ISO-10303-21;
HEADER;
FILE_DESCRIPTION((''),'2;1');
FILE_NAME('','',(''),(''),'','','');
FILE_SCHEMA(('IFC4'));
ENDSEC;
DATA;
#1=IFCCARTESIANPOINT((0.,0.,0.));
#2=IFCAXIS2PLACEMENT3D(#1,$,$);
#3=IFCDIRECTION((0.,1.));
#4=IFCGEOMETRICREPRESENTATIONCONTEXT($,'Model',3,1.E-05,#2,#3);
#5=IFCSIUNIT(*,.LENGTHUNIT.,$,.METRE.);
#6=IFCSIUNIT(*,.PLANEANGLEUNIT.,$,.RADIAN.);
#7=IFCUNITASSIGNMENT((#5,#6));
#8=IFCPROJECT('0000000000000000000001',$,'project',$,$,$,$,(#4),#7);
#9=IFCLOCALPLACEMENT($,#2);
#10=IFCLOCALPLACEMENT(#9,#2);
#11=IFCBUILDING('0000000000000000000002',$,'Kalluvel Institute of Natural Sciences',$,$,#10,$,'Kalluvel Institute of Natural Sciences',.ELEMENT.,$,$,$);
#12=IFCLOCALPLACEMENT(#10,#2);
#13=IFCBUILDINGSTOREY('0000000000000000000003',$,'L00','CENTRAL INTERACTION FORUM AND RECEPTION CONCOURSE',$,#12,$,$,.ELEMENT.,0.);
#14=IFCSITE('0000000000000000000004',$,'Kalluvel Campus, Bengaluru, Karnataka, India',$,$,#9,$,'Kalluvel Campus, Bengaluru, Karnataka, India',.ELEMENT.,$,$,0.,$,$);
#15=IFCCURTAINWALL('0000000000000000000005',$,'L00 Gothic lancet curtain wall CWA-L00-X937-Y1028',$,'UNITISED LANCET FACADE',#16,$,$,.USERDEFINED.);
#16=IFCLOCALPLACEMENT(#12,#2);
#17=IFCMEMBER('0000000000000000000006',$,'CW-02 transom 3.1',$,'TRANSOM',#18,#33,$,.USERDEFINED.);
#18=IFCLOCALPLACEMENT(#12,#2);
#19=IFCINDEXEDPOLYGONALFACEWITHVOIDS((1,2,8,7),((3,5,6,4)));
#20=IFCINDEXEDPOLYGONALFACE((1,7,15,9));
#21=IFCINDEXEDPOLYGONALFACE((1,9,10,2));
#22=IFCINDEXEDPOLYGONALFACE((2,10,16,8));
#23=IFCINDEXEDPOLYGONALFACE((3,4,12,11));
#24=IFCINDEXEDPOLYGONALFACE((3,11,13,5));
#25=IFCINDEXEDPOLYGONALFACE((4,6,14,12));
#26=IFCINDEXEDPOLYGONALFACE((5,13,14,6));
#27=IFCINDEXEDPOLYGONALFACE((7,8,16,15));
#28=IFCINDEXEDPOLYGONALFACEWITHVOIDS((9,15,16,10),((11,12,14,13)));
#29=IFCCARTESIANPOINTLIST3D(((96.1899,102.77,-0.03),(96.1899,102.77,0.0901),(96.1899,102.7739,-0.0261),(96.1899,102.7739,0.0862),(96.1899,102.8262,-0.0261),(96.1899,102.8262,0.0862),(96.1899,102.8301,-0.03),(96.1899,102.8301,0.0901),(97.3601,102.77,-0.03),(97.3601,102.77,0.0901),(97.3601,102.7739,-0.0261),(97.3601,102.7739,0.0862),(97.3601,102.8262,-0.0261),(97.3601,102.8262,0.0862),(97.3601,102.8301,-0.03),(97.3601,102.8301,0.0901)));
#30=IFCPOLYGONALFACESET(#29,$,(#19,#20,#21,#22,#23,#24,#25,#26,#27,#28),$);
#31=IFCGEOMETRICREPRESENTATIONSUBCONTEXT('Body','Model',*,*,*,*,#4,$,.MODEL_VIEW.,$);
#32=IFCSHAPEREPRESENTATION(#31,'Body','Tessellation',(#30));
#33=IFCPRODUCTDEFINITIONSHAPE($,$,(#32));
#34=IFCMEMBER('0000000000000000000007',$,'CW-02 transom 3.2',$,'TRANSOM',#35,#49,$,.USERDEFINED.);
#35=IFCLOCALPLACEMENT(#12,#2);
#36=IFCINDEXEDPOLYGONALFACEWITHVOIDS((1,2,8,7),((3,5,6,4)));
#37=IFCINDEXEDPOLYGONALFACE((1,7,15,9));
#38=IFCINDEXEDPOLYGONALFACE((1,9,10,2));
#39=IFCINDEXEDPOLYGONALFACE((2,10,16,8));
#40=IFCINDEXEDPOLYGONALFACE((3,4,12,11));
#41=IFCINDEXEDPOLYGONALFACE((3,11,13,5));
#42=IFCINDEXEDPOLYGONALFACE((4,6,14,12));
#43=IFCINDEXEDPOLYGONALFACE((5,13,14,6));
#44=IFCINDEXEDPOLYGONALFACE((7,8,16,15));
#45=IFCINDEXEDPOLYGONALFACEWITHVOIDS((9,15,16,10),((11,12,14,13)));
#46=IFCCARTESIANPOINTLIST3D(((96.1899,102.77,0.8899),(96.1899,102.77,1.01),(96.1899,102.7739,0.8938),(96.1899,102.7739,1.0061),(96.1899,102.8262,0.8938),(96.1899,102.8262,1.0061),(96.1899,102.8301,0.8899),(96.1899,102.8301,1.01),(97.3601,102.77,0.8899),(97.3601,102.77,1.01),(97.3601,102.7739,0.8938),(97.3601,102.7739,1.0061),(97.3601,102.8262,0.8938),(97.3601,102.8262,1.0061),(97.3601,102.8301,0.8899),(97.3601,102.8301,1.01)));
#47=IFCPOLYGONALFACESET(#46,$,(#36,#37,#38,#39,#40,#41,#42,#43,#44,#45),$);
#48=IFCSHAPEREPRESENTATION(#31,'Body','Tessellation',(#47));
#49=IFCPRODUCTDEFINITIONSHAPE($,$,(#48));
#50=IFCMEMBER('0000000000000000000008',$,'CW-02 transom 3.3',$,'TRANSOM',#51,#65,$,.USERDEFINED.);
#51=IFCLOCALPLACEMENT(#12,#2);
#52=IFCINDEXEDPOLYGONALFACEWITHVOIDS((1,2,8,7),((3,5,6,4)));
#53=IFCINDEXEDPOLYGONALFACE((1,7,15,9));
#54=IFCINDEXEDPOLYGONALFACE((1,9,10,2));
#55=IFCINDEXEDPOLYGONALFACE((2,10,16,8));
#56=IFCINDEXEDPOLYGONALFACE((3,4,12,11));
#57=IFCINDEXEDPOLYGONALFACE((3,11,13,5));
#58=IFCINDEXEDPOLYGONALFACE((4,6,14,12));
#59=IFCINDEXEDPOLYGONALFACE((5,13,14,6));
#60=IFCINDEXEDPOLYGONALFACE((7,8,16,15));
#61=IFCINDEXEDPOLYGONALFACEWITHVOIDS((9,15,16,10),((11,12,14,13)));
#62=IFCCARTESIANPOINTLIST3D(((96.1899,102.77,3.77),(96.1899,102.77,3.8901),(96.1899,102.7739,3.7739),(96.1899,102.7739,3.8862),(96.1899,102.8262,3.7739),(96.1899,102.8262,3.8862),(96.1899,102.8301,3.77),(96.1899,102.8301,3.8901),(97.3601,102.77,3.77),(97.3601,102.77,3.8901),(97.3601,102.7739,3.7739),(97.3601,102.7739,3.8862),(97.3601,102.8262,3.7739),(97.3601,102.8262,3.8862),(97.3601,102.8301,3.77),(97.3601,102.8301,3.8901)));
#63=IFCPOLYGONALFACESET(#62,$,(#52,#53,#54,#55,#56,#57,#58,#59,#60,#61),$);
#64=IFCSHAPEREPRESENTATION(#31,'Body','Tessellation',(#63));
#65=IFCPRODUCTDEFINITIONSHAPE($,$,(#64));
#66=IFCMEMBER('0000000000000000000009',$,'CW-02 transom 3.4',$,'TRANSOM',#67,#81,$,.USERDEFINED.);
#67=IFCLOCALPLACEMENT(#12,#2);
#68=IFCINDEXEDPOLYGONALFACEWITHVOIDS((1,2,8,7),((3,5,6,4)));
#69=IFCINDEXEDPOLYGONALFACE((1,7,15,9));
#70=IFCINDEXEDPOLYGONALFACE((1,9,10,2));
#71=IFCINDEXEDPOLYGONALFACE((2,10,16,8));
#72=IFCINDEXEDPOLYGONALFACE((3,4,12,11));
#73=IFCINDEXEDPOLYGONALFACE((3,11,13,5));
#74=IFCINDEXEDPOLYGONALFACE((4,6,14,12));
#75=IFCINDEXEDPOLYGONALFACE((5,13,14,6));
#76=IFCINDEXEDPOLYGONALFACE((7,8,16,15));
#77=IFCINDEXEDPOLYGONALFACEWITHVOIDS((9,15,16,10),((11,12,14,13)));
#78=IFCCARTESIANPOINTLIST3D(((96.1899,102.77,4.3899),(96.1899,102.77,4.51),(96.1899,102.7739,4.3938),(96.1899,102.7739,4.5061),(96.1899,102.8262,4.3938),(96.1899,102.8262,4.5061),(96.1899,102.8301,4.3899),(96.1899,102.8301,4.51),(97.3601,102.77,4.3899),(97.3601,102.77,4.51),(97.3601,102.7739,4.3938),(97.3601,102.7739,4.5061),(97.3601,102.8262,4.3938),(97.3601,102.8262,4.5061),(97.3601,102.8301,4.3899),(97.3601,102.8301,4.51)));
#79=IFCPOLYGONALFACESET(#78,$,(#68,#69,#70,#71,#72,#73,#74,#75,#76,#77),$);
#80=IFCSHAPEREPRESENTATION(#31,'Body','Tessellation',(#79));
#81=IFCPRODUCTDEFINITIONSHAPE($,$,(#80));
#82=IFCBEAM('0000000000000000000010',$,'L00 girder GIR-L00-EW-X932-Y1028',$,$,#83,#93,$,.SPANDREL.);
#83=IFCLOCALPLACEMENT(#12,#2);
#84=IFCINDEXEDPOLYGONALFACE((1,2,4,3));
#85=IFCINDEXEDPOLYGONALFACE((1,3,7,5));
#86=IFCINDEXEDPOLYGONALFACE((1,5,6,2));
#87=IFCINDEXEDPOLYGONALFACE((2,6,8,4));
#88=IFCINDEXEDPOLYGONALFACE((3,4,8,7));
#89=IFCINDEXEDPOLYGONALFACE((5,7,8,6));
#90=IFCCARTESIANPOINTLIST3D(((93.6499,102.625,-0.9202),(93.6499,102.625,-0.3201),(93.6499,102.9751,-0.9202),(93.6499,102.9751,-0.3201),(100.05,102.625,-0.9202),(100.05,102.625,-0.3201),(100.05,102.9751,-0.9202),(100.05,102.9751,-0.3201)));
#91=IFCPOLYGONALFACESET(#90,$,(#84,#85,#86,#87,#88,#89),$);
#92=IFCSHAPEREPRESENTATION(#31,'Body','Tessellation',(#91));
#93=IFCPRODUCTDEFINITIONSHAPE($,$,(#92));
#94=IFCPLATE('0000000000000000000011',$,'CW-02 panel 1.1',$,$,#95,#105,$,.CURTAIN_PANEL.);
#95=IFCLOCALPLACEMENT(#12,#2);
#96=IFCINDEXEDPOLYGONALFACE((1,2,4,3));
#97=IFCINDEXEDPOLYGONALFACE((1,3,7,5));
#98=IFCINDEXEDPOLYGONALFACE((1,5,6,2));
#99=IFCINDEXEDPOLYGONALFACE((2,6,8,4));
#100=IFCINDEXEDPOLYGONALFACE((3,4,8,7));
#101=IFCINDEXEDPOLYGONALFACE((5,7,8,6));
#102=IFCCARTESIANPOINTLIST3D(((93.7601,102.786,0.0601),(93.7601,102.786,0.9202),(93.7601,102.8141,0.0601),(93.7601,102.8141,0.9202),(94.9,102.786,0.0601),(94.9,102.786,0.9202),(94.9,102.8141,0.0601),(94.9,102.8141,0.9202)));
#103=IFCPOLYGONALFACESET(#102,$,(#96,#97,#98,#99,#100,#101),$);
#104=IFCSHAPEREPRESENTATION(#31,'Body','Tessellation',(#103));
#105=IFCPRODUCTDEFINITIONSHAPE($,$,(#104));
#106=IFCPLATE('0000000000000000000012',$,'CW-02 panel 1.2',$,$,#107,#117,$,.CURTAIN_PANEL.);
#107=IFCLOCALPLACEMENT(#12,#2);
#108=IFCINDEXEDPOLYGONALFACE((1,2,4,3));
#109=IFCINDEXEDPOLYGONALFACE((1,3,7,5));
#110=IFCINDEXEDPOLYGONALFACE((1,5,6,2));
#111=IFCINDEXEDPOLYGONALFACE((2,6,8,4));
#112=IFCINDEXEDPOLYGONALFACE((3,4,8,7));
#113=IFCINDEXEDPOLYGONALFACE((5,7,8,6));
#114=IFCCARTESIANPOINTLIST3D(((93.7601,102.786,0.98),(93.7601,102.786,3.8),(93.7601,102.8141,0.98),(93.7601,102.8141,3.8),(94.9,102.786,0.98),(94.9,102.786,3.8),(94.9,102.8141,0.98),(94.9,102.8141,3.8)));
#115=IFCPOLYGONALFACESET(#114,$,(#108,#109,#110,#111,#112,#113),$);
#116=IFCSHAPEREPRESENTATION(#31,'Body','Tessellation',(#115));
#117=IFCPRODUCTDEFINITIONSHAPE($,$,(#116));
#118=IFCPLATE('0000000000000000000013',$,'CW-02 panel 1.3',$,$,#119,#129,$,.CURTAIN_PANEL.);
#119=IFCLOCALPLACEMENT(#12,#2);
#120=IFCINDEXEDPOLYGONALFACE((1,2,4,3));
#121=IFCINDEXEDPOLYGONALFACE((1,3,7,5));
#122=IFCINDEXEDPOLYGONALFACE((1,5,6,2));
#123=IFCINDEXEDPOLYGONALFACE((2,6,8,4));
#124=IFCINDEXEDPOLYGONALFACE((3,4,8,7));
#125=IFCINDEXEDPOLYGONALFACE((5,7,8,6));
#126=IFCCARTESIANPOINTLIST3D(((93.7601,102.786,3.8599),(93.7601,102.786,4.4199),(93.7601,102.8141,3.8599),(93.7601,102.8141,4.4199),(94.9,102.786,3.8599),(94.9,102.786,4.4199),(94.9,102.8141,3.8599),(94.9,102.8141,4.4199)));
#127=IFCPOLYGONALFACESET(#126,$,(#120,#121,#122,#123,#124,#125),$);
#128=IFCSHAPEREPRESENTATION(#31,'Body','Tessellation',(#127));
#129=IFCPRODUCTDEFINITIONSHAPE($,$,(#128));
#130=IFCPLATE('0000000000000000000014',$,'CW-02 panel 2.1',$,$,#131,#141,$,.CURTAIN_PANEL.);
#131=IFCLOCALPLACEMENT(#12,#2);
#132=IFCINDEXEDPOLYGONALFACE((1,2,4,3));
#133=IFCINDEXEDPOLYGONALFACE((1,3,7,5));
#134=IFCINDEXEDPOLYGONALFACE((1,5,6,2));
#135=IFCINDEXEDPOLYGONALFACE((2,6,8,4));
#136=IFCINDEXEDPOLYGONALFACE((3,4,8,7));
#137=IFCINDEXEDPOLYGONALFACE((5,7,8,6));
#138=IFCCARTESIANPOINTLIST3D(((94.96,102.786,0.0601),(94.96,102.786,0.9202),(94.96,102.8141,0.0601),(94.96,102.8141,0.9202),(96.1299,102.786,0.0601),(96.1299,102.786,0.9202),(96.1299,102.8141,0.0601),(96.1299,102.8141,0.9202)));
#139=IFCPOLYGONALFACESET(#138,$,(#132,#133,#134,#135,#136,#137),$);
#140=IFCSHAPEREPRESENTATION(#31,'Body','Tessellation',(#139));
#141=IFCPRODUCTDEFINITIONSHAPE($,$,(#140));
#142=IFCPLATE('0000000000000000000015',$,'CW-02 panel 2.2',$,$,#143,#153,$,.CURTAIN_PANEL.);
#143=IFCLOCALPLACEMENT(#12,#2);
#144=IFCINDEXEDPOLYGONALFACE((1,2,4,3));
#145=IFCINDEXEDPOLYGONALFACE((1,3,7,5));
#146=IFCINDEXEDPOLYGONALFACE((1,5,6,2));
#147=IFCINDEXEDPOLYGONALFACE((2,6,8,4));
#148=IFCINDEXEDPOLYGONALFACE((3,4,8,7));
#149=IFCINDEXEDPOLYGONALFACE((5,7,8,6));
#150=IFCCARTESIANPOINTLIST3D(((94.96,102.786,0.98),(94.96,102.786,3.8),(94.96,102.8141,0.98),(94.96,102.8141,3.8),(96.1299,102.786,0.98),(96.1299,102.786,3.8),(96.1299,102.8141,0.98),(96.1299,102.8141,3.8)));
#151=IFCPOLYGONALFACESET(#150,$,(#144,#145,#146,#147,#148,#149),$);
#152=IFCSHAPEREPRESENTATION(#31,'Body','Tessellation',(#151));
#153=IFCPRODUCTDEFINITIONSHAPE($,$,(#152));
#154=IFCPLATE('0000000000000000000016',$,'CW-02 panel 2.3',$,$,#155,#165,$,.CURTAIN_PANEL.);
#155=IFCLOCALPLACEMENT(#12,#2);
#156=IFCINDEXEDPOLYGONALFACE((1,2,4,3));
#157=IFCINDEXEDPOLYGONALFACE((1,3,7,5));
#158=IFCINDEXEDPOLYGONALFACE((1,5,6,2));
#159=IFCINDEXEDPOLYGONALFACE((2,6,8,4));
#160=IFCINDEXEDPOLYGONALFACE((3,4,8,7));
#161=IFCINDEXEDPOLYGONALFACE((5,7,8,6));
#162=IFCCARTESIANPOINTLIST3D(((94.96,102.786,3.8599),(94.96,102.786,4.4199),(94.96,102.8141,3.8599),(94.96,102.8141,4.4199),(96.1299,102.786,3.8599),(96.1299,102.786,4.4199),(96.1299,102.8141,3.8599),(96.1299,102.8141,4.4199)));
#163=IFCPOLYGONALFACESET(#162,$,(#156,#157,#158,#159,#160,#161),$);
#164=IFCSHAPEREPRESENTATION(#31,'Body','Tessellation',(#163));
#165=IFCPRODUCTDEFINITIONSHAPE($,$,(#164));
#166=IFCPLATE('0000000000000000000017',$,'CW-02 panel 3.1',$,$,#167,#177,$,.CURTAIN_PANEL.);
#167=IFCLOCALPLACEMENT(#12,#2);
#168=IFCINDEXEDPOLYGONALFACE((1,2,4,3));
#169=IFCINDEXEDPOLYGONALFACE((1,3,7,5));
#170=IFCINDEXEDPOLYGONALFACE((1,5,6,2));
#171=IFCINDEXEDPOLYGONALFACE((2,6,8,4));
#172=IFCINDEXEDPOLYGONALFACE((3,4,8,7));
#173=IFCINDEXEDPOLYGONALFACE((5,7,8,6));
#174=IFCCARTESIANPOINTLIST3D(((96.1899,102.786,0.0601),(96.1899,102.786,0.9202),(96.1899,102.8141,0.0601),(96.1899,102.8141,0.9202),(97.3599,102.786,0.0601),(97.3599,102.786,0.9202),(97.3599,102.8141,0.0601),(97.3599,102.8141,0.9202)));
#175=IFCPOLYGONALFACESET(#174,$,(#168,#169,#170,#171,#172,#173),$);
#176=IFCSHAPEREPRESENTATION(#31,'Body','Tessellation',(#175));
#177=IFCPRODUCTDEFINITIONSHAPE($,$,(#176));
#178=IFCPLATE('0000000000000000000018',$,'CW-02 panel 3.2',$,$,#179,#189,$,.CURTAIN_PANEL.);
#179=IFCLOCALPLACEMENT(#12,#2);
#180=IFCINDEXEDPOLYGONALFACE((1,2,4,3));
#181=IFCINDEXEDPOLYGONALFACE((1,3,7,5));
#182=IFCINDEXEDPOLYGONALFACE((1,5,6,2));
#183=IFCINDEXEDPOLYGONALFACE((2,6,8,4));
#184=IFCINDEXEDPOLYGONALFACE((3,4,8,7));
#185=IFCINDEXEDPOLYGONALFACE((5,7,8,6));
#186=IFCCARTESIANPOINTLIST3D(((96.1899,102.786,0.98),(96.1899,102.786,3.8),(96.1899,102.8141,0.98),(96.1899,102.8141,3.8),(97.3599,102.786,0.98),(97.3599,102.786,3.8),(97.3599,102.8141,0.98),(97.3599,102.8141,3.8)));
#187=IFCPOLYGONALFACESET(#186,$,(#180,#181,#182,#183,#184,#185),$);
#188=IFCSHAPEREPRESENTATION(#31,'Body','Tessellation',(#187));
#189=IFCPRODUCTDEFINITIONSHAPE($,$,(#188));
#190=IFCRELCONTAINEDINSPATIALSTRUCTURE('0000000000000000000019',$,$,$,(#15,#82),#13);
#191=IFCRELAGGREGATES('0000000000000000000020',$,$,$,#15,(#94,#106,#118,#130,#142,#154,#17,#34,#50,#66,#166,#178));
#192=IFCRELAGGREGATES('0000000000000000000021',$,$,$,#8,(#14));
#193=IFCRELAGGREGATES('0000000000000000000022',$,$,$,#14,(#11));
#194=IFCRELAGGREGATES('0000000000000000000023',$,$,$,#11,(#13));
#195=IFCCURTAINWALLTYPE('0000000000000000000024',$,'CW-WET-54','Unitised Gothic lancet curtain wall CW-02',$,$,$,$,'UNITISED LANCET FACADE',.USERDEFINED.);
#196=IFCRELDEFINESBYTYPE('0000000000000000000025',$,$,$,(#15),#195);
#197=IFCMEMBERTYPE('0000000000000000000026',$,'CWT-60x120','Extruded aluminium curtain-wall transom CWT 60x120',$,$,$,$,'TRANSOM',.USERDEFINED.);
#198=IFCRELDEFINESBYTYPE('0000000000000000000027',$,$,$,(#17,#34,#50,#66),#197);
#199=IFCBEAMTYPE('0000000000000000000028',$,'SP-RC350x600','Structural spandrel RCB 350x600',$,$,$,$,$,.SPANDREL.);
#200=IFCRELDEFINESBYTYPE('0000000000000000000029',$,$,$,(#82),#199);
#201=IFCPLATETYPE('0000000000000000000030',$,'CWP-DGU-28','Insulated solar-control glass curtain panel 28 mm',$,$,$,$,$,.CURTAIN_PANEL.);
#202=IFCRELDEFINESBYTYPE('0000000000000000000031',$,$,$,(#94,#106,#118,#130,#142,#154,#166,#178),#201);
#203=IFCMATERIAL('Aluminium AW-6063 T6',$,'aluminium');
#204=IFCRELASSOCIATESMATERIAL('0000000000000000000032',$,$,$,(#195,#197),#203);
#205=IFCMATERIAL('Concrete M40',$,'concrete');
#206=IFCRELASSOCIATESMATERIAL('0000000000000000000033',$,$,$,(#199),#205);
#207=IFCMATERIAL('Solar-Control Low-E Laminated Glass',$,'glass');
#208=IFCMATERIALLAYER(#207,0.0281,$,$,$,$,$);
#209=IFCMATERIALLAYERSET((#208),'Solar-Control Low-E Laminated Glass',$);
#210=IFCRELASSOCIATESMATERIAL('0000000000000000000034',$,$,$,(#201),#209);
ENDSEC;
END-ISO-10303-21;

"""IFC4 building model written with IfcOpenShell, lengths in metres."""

from ifc_helpers import new_model, si_unit, direction, frame, origin, origin_2d, place, context, subcontext, project, spatial, rectangle, hollow_rectangle, extrude, material, layer, layer_set, material_profile, profile_set, type_object, element, aggregate, save


model = new_model("IFC4")

# Units and contexts
model_context = context("Model", 3, precision=1e-05, world=origin(), true_north=direction((0.0, 1.0)))
body_context = subcontext(model_context, "Body", "Model", "MODEL_VIEW")
ifc_project = project(units=[si_unit("LENGTHUNIT", "METRE"), si_unit("PLANEANGLEUNIT", "RADIAN")], contexts=[model_context])

# Site, building, storey
site_placement = place(None, origin())
site = spatial("IfcSite", under=ifc_project, at=site_placement, Name="Kalluvel Campus, Bengaluru, Karnataka, India", LongName="Kalluvel Campus, Bengaluru, Karnataka, India", CompositionType="ELEMENT", RefElevation=0.0)
building_placement = place(site_placement, origin())
building = spatial("IfcBuilding", under=site, at=building_placement, Name="Kalluvel Institute of Natural Sciences", LongName="Kalluvel Institute of Natural Sciences", CompositionType="ELEMENT")
storey_placement = place(building_placement, origin())
storey = spatial("IfcBuildingStorey", under=building, at=storey_placement, Name="L00", Description="CENTRAL INTERACTION FORUM AND RECEPTION CONCOURSE", CompositionType="ELEMENT", Elevation=0.0)

# Curtain wall, members
ifc_material_1 = material(Name="Aluminium AW-6063 T6", Category="aluminium")
curtain_wall_type = type_object("IfcCurtainWallType", Name="CW-WET-54", Description="Unitised Gothic lancet curtain wall CW-02", ElementType="UNITISED LANCET FACADE", PredefinedType="USERDEFINED", material=ifc_material_1)
curtain_wall_placement = place(storey_placement, origin())
curtain_wall = element("IfcCurtainWall", 1, at=curtain_wall_placement, inside=storey, type_object=curtain_wall_type, Name="L00 Gothic lancet curtain wall CWA-L00-X937-Y1028", ObjectType="UNITISED LANCET FACADE", PredefinedType="USERDEFINED")
ifc_material_profile_1 = material_profile(ifc_material_1, hollow_rectangle(XDim=0.0601, YDim=0.1201, WallThickness=0.0039, at=origin_2d()), Name="CWT 60x120")
ifc_profile_set_1 = profile_set([ifc_material_profile_1], Name="Aluminium AW-6063 T6")
member_type_1 = type_object("IfcMemberType", Name="CWT-60x120", Description="Extruded aluminium curtain-wall transom CWT 60x120", ElementType="TRANSOM", PredefinedType="USERDEFINED", material=ifc_profile_set_1)
member_1_placement = place(storey_placement, frame((96.1899, 102.8, 0.03), z_axis=(1.0, 0.0, 0.0), x_axis=(0.0, 1.0, 0.0)))
member_1 = element("IfcMember", 2, at=member_1_placement, type_object=member_type_1, Name="CW-02 transom 3.1", ObjectType="TRANSOM", PredefinedType="USERDEFINED", context=body_context, shape_type="SweptSolid", body=[
    extrude(hollow_rectangle(XDim=0.0601, YDim=0.1201, WallThickness=0.0039, at=origin_2d()), origin(), (0.0, 0.0, 1.0), 1.1702),
])
member_2_placement = place(storey_placement, frame((96.1899, 102.8, 0.95), z_axis=(1.0, 0.0, 0.0), x_axis=(0.0, 1.0, 0.0)))
member_2 = element("IfcMember", 3, at=member_2_placement, type_object=member_type_1, Name="CW-02 transom 3.2", ObjectType="TRANSOM", PredefinedType="USERDEFINED", context=body_context, shape_type="SweptSolid", body=[
    extrude(hollow_rectangle(XDim=0.0601, YDim=0.1201, WallThickness=0.0039, at=origin_2d()), origin(), (0.0, 0.0, 1.0), 1.1702),
])
member_3_placement = place(storey_placement, frame((96.1899, 102.8, 3.8301), z_axis=(1.0, 0.0, 0.0), x_axis=(0.0, 1.0, 0.0)))
member_3 = element("IfcMember", 4, at=member_3_placement, type_object=member_type_1, Name="CW-02 transom 3.3", ObjectType="TRANSOM", PredefinedType="USERDEFINED", context=body_context, shape_type="SweptSolid", body=[
    extrude(hollow_rectangle(XDim=0.0601, YDim=0.1201, WallThickness=0.0039, at=origin_2d()), origin(), (0.0, 0.0, 1.0), 1.1702),
])
member_4_placement = place(storey_placement, frame((96.1899, 102.8, 4.45), z_axis=(1.0, 0.0, 0.0), x_axis=(0.0, 1.0, 0.0)))
member_4 = element("IfcMember", 5, at=member_4_placement, type_object=member_type_1, Name="CW-02 transom 3.4", ObjectType="TRANSOM", PredefinedType="USERDEFINED", context=body_context, shape_type="SweptSolid", body=[
    extrude(hollow_rectangle(XDim=0.0601, YDim=0.1201, WallThickness=0.0039, at=origin_2d()), origin(), (0.0, 0.0, 1.0), 1.1702),
])

# Beam
ifc_material_2 = material(Name="Concrete M40", Category="concrete")
ifc_material_profile_2 = material_profile(ifc_material_2, rectangle(XDim=0.3501, YDim=0.6001, at=origin_2d()), Name="RCB 350x600")
ifc_profile_set_2 = profile_set([ifc_material_profile_2], Name="Concrete M40")
beam_type = type_object("IfcBeamType", Name="SP-RC350x600", Description="Structural spandrel RCB 350x600", PredefinedType="SPANDREL", material=ifc_profile_set_2)
beam_placement = place(storey_placement, frame((93.6499, 102.8, -0.6201), z_axis=(1.0, 0.0, 0.0), x_axis=(0.0, 1.0, 0.0)))
element("IfcBeam", 6, at=beam_placement, inside=storey, type_object=beam_type, Name="L00 girder GIR-L00-EW-X932-Y1028", PredefinedType="SPANDREL", context=body_context, shape_type="SweptSolid", body=[
    extrude(rectangle(XDim=0.3501, YDim=0.6001, at=origin_2d()), origin(), (0.0, 0.0, 1.0), 6.4001),
])

# Plates
ifc_material_3 = material(Name="Solar-Control Low-E Laminated Glass", Category="glass")
ifc_layer = layer(ifc_material_3, 0.0281)
ifc_layer_set = layer_set([ifc_layer], Name="Solar-Control Low-E Laminated Glass")
plate_type = type_object("IfcPlateType", Name="CWP-DGU-28", Description="Insulated solar-control glass curtain panel 28 mm", PredefinedType="CURTAIN_PANEL", material=ifc_layer_set)
plate_1_placement = place(storey_placement, frame((94.3301, 102.8, 0.0601), z_axis=(0.0, 0.0, 1.0), x_axis=(1.0, 0.0, 0.0)))
plate_1 = element("IfcPlate", 7, at=plate_1_placement, type_object=plate_type, Name="CW-02 panel 1.1", PredefinedType="CURTAIN_PANEL", context=body_context, shape_type="SweptSolid", body=[
    extrude(rectangle(XDim=1.1399, YDim=0.0281, at=origin_2d()), origin(), (0.0, 0.0, 1.0), 0.8601),
])
plate_2_placement = place(storey_placement, frame((94.3301, 102.8, 0.98), z_axis=(0.0, 0.0, 1.0), x_axis=(1.0, 0.0, 0.0)))
plate_2 = element("IfcPlate", 8, at=plate_2_placement, type_object=plate_type, Name="CW-02 panel 1.2", PredefinedType="CURTAIN_PANEL", context=body_context, shape_type="SweptSolid", body=[
    extrude(rectangle(XDim=1.1399, YDim=0.0281, at=origin_2d()), origin(), (0.0, 0.0, 1.0), 2.8201),
])
plate_3_placement = place(storey_placement, frame((94.3301, 102.8, 3.8599), z_axis=(0.0, 0.0, 1.0), x_axis=(1.0, 0.0, 0.0)))
plate_3 = element("IfcPlate", 9, at=plate_3_placement, type_object=plate_type, Name="CW-02 panel 1.3", PredefinedType="CURTAIN_PANEL", context=body_context, shape_type="SweptSolid", body=[
    extrude(rectangle(XDim=1.1399, YDim=0.0281, at=origin_2d()), origin(), (0.0, 0.0, 1.0), 0.5601),
])
plate_4_placement = place(storey_placement, frame((95.5449, 102.8, 0.0601), z_axis=(0.0, 0.0, 1.0), x_axis=(1.0, 0.0, 0.0)))
plate_4 = element("IfcPlate", 10, at=plate_4_placement, type_object=plate_type, Name="CW-02 panel 2.1", PredefinedType="CURTAIN_PANEL", context=body_context, shape_type="SweptSolid", body=[
    extrude(rectangle(XDim=1.1699, YDim=0.0281, at=origin_2d()), origin(), (0.0, 0.0, 1.0), 0.8601),
])
plate_5_placement = place(storey_placement, frame((95.5449, 102.8, 0.98), z_axis=(0.0, 0.0, 1.0), x_axis=(1.0, 0.0, 0.0)))
plate_5 = element("IfcPlate", 11, at=plate_5_placement, type_object=plate_type, Name="CW-02 panel 2.2", PredefinedType="CURTAIN_PANEL", context=body_context, shape_type="SweptSolid", body=[
    extrude(rectangle(XDim=1.1699, YDim=0.0281, at=origin_2d()), origin(), (0.0, 0.0, 1.0), 2.8201),
])
plate_6_placement = place(storey_placement, frame((95.5449, 102.8, 3.8599), z_axis=(0.0, 0.0, 1.0), x_axis=(1.0, 0.0, 0.0)))
plate_6 = element("IfcPlate", 12, at=plate_6_placement, type_object=plate_type, Name="CW-02 panel 2.3", PredefinedType="CURTAIN_PANEL", context=body_context, shape_type="SweptSolid", body=[
    extrude(rectangle(XDim=1.1699, YDim=0.0281, at=origin_2d()), origin(), (0.0, 0.0, 1.0), 0.5601),
])
plate_7_placement = place(storey_placement, frame((96.7749, 102.8, 0.0601), z_axis=(0.0, 0.0, 1.0), x_axis=(1.0, 0.0, 0.0)))
plate_7 = element("IfcPlate", 13, at=plate_7_placement, type_object=plate_type, Name="CW-02 panel 3.1", PredefinedType="CURTAIN_PANEL", context=body_context, shape_type="SweptSolid", body=[
    extrude(rectangle(XDim=1.1699, YDim=0.0281, at=origin_2d()), origin(), (0.0, 0.0, 1.0), 0.8601),
])
plate_8_placement = place(storey_placement, frame((96.7749, 102.8, 0.98), z_axis=(0.0, 0.0, 1.0), x_axis=(1.0, 0.0, 0.0)))
plate_8 = element("IfcPlate", 14, at=plate_8_placement, type_object=plate_type, Name="CW-02 panel 3.2", PredefinedType="CURTAIN_PANEL", context=body_context, shape_type="SweptSolid", body=[
    extrude(rectangle(XDim=1.1699, YDim=0.0281, at=origin_2d()), origin(), (0.0, 0.0, 1.0), 2.8201),
])
aggregate(curtain_wall, [plate_1, plate_2, plate_3, plate_4, plate_5, plate_6, member_1, member_2, member_3, member_4, plate_7, plate_8])

save(model, "model.ifc")
